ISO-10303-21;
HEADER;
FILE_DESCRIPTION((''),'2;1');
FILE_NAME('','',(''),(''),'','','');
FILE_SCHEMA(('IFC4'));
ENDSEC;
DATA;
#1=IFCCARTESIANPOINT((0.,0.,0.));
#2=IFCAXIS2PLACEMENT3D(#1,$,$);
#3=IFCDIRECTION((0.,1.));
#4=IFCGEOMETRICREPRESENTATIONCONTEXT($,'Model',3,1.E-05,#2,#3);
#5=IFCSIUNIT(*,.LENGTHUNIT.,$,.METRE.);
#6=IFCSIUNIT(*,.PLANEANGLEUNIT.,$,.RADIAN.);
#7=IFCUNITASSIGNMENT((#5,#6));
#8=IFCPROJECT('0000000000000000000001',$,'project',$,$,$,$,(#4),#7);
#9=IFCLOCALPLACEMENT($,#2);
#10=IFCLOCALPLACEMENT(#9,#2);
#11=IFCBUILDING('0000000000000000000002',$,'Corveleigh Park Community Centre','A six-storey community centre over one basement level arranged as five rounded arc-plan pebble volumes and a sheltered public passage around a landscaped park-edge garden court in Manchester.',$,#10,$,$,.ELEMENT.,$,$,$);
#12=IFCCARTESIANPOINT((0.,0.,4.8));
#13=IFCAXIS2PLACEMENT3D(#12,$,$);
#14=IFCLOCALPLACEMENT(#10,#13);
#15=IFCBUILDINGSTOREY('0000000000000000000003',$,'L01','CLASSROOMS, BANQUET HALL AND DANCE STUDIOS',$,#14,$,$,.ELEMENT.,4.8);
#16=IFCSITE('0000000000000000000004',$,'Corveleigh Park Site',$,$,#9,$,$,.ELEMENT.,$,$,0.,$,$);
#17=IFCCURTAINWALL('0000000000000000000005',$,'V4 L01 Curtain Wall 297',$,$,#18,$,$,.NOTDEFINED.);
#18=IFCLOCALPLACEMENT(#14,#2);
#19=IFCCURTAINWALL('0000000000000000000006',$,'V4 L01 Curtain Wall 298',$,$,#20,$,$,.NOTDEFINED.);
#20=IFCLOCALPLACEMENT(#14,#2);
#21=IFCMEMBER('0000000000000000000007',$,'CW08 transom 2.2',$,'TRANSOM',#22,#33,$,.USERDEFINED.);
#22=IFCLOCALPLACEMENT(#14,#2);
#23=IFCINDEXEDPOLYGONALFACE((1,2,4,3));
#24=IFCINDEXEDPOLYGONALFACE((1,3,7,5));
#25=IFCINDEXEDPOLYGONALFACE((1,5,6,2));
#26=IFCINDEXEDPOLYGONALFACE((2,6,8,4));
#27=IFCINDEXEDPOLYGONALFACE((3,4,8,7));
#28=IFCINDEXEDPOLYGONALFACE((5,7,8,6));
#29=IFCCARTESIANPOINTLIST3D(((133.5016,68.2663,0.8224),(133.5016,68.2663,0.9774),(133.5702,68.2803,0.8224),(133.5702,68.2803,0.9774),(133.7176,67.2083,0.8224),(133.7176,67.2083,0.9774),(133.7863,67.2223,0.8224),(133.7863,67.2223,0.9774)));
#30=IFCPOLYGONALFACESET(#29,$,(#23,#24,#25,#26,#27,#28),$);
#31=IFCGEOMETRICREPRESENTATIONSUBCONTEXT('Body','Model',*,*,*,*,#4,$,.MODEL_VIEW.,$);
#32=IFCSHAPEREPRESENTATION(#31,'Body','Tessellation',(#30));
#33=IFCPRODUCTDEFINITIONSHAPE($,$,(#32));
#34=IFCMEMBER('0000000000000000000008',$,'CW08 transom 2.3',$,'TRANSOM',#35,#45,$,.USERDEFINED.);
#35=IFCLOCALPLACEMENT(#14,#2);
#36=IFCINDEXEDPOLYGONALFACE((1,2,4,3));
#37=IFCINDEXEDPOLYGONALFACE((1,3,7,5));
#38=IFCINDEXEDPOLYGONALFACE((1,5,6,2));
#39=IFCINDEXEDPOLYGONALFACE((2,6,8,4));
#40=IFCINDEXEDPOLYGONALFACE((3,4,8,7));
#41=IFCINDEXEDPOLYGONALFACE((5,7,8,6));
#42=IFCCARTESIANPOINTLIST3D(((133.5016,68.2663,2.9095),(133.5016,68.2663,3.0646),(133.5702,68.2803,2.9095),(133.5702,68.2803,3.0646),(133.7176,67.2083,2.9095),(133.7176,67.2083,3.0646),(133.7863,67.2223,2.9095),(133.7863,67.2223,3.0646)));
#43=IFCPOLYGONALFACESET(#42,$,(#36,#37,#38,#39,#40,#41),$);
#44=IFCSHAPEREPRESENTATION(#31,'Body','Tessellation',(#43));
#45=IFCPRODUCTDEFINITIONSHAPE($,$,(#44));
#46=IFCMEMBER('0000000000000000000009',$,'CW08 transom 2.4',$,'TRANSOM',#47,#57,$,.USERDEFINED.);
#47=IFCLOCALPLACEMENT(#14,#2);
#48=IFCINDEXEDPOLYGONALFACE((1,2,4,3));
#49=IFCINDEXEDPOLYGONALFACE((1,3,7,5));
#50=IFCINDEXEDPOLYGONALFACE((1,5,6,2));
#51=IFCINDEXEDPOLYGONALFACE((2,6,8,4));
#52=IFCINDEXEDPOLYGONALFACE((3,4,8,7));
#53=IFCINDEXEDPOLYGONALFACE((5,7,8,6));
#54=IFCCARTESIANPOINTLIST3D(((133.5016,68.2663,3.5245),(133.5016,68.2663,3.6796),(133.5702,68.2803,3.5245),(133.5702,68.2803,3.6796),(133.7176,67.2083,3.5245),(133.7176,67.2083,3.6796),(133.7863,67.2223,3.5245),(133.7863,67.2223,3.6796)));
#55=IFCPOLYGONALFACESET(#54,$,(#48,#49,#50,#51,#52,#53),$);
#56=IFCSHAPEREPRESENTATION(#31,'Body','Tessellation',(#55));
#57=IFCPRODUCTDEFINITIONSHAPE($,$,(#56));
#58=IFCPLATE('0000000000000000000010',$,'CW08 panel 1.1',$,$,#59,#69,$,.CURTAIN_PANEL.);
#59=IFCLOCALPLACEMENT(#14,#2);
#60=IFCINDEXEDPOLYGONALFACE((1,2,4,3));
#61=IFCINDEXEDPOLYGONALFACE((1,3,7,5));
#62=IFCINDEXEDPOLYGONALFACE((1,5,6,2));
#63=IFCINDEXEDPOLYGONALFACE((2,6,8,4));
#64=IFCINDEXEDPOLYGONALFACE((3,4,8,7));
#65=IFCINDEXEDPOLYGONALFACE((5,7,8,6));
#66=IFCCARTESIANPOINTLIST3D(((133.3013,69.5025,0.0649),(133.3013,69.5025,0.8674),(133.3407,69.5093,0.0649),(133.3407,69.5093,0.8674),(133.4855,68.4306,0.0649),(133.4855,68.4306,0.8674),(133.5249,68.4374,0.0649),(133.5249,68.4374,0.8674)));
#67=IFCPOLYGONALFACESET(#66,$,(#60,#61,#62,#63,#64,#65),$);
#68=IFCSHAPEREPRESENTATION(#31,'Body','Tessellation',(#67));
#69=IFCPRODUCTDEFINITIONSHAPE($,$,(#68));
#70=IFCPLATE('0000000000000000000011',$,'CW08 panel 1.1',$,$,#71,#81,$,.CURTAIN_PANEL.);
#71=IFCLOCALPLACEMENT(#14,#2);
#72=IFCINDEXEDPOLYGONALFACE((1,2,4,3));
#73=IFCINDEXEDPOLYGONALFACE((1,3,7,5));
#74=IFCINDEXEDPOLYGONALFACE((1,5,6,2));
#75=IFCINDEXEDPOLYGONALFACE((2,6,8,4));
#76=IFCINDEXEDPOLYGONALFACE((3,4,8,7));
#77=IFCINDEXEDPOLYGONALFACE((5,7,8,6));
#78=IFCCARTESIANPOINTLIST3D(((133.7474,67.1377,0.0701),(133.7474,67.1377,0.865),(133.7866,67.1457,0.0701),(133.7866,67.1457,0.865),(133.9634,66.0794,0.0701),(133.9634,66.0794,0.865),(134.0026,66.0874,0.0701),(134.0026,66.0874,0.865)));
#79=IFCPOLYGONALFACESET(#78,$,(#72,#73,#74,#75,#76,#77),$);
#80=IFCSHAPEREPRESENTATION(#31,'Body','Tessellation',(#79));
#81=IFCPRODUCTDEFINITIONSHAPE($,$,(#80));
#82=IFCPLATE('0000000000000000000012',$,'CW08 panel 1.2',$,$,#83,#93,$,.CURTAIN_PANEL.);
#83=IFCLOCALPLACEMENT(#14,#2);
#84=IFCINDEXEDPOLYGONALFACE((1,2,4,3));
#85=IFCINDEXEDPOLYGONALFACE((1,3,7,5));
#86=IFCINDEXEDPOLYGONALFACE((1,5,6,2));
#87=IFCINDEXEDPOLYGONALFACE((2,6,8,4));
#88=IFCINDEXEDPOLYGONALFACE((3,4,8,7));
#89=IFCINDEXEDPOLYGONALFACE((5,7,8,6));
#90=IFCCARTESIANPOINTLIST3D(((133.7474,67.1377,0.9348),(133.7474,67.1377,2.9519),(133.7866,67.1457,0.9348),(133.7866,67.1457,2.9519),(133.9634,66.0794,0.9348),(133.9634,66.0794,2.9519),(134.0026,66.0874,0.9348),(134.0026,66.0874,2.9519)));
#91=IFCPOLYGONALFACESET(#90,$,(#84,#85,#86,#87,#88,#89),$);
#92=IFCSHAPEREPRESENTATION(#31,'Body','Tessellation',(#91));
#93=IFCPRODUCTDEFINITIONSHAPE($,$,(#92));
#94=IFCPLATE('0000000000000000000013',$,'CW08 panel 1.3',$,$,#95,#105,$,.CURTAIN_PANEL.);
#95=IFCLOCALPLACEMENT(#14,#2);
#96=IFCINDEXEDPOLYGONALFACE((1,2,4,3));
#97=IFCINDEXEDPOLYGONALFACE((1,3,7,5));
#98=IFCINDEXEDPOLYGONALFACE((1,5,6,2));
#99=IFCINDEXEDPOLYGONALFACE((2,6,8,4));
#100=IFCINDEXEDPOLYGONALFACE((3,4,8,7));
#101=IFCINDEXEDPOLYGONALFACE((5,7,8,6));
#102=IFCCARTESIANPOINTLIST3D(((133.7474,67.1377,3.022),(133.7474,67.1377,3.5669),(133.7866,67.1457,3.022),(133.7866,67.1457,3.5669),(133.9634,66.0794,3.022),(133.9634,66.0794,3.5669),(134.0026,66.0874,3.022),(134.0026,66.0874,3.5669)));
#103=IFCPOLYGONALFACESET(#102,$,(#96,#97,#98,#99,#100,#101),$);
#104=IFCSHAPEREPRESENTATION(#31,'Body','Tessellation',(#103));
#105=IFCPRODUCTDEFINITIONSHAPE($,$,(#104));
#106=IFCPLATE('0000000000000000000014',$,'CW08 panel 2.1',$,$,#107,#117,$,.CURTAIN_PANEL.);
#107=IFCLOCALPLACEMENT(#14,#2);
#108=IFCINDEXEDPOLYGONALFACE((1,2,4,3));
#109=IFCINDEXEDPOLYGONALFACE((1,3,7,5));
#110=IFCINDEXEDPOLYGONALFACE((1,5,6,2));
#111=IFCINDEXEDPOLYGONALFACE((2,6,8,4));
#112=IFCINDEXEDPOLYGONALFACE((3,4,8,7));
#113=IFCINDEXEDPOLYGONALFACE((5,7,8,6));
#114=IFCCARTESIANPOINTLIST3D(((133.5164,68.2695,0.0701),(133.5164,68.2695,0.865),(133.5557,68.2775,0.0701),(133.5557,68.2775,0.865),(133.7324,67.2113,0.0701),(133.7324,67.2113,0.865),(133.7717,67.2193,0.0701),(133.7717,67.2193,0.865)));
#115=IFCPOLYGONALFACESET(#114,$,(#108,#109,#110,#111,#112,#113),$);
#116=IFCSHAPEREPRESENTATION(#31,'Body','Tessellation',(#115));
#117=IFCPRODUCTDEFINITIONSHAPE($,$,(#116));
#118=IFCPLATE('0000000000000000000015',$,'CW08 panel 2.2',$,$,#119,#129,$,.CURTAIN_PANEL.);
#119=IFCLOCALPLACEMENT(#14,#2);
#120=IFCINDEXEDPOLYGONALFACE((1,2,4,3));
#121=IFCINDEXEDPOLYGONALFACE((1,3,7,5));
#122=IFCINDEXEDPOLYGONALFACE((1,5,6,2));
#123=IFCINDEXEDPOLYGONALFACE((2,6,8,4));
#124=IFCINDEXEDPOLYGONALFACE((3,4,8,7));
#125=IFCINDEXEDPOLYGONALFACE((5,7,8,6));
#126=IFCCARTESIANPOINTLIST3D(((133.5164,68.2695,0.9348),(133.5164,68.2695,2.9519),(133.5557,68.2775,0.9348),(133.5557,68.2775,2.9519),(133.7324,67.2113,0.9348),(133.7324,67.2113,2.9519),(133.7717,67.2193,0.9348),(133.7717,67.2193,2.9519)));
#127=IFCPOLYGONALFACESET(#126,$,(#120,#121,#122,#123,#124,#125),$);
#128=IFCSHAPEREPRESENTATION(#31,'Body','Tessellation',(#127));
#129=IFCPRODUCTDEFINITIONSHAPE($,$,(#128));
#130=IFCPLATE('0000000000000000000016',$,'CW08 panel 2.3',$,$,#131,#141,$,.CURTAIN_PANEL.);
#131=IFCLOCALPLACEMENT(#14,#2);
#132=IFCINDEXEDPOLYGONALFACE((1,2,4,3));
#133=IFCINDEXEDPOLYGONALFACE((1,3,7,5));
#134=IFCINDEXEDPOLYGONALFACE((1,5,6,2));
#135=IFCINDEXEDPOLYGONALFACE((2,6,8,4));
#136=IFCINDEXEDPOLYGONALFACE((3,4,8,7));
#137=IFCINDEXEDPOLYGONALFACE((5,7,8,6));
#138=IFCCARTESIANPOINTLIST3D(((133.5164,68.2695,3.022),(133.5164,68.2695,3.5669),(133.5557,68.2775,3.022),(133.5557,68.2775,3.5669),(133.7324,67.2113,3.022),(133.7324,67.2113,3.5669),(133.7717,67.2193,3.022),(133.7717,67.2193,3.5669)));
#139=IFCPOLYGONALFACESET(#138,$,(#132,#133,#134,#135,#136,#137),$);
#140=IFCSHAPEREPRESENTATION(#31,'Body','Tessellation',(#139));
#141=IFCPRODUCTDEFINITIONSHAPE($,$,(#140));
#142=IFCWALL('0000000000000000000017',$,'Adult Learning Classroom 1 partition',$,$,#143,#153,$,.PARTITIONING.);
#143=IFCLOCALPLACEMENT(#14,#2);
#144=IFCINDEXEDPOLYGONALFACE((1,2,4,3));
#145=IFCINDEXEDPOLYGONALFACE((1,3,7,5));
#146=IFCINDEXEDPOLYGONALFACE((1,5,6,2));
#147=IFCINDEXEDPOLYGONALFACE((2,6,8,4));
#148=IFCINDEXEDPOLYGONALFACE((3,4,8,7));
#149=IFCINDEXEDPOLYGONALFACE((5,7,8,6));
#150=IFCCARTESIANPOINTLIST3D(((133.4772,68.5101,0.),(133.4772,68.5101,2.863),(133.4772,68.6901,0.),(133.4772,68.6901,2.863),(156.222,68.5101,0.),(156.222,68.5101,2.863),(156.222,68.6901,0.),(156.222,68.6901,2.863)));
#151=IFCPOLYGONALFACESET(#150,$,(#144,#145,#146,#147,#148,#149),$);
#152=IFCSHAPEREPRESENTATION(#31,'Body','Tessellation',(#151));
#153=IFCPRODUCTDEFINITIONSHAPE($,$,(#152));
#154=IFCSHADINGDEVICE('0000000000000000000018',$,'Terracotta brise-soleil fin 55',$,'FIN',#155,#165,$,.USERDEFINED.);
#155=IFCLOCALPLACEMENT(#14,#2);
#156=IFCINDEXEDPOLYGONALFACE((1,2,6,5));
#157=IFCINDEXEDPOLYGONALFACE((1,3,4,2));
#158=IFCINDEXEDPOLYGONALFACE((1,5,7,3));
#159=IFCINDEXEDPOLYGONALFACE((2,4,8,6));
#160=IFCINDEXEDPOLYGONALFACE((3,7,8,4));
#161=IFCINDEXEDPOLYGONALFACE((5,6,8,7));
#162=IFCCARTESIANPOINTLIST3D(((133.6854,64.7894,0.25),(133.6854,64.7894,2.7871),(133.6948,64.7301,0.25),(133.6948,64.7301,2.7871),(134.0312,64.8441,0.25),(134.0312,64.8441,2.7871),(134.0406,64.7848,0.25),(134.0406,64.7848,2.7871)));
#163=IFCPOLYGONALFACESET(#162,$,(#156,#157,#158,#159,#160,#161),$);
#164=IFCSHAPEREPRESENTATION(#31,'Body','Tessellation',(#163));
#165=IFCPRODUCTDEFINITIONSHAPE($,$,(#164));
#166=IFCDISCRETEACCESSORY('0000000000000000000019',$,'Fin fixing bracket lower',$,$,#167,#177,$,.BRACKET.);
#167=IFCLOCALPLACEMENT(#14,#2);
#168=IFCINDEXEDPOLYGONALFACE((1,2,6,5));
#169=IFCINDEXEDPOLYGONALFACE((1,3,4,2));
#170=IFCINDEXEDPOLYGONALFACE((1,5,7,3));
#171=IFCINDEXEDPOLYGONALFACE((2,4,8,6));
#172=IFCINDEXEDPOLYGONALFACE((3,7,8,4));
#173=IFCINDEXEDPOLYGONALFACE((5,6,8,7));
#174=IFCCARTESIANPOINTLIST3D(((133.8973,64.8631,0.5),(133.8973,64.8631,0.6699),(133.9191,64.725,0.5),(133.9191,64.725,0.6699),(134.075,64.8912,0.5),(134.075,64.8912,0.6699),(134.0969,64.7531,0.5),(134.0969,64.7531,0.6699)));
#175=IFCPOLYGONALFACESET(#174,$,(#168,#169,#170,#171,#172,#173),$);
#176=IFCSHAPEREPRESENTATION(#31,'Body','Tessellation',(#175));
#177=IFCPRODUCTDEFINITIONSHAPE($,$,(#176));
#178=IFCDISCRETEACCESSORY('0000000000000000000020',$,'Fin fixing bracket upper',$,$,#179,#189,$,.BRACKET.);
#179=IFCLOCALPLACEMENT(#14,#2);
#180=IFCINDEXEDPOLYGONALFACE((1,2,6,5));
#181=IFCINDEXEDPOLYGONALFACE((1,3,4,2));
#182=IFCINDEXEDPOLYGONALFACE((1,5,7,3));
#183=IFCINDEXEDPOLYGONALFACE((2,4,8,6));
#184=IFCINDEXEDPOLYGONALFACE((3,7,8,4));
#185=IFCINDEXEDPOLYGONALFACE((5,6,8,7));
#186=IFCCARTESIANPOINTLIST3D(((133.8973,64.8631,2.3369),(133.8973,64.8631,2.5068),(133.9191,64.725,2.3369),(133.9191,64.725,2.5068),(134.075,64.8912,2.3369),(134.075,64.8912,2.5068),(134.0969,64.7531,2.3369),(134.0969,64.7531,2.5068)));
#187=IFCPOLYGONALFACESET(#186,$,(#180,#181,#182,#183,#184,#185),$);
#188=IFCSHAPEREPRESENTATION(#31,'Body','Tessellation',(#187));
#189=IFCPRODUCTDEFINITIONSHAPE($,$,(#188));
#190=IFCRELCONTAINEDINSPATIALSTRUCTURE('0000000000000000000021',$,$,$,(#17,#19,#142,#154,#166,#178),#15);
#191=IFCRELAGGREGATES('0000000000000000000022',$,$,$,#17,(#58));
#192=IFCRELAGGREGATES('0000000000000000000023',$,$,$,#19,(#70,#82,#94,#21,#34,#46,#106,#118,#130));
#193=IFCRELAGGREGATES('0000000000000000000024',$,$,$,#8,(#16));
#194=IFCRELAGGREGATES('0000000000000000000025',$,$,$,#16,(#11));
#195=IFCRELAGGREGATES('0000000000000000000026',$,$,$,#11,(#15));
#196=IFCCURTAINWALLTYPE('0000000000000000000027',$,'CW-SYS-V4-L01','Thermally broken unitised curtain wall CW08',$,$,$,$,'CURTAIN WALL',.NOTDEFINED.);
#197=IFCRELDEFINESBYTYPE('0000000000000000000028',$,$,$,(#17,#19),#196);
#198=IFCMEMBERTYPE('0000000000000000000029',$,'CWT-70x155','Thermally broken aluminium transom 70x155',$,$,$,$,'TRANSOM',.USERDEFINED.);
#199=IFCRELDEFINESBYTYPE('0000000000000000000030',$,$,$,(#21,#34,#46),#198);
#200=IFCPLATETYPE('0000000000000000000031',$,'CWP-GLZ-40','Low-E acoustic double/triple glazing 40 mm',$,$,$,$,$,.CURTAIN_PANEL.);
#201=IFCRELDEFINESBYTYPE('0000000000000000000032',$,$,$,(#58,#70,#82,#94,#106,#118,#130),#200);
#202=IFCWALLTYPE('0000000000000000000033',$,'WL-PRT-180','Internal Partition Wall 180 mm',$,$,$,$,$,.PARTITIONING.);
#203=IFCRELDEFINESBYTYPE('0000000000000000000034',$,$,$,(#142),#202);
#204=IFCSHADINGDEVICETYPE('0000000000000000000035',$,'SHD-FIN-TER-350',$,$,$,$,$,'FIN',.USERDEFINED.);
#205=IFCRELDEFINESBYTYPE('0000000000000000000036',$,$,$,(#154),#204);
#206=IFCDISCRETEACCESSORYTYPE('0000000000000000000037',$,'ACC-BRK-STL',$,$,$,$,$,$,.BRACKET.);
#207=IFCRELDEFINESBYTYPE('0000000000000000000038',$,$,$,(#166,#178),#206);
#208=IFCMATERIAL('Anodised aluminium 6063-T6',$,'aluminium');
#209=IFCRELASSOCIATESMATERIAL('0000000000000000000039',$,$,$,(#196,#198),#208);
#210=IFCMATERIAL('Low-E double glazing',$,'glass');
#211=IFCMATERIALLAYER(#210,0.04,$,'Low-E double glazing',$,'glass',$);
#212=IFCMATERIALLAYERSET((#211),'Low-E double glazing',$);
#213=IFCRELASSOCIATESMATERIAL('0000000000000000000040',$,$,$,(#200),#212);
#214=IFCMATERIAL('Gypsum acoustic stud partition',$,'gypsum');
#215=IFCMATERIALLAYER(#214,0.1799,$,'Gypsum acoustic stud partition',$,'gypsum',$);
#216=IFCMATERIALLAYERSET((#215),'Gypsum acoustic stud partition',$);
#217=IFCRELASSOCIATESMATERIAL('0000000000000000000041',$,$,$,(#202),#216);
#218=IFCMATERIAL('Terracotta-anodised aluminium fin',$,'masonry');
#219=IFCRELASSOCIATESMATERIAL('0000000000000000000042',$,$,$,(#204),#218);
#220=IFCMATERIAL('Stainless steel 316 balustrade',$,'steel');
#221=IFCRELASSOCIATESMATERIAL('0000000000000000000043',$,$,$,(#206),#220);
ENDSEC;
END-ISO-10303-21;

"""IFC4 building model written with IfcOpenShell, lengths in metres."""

from ifc_helpers import new_model, si_unit, direction, frame, frame_2d, origin, origin_2d, place, context, subcontext, project, spatial, rectangle, extrude, material, layer, layer_set, material_profile, profile_set, type_object, element, aggregate, save


model = new_model("IFC4")

# Units and contexts
model_context = context("Model", 3, precision=1e-05, world=origin(), true_north=direction((0.0, 1.0)))
body_context = subcontext(model_context, "Body", "Model", "MODEL_VIEW")
ifc_project = project(units=[si_unit("LENGTHUNIT", "METRE"), si_unit("PLANEANGLEUNIT", "RADIAN")], contexts=[model_context])

# Site, building, storey
site_placement = place(None, origin())
site = spatial("IfcSite", under=ifc_project, at=site_placement, Name="Corveleigh Park Site", CompositionType="ELEMENT", RefElevation=0.0)
building_placement = place(site_placement, origin())
building = spatial("IfcBuilding", under=site, at=building_placement, Name="Corveleigh Park Community Centre", Description="A six-storey community centre over one basement level arranged as five rounded arc-plan pebble volumes and a sheltered public passage around a landscaped park-edge garden court in Manchester.", CompositionType="ELEMENT")
storey_placement = place(building_placement, frame((0.0, 0.0, 4.8)))
storey = spatial("IfcBuildingStorey", under=building, at=storey_placement, Name="L01", Description="CLASSROOMS, BANQUET HALL AND DANCE STUDIOS", CompositionType="ELEMENT", Elevation=4.8)

# Curtain wall
ifc_material_1 = material(Name="Anodised aluminium 6063-T6", Category="aluminium")
curtain_wall_type = type_object("IfcCurtainWallType", Name="CW-SYS-V4-L01", Description="Thermally broken unitised curtain wall CW08", ElementType="CURTAIN WALL", PredefinedType="NOTDEFINED", material=ifc_material_1)
curtain_wall_1_placement = place(storey_placement, origin())
curtain_wall_1 = element("IfcCurtainWall", 1, at=curtain_wall_1_placement, inside=storey, type_object=curtain_wall_type, Name="V4 L01 Curtain Wall 297", PredefinedType="NOTDEFINED")

# Curtain wall
curtain_wall_2_placement = place(storey_placement, origin())
curtain_wall_2 = element("IfcCurtainWall", 2, at=curtain_wall_2_placement, inside=storey, type_object=curtain_wall_type, Name="V4 L01 Curtain Wall 298", PredefinedType="NOTDEFINED")

# Members
ifc_material_profile_1 = material_profile(ifc_material_1, rectangle(XDim=0.0701, YDim=0.155, at=origin_2d()), Name="ALU-T70x155", Category="aluminium")
ifc_profile_set_1 = profile_set([ifc_material_profile_1], Name="Anodised aluminium 6063-T6")
member_type_1 = type_object("IfcMemberType", Name="CWT-70x155", Description="Thermally broken aluminium transom 70x155", ElementType="TRANSOM", PredefinedType="USERDEFINED", material=ifc_profile_set_1)
member_1_placement = place(storey_placement, frame((133.752, 67.2153, 0.8999), z_axis=(-0.200071, 0.979781, 0.0), x_axis=(-0.979781, -0.200071, 0.0)))
member_1 = element("IfcMember", 3, at=member_1_placement, type_object=member_type_1, Name="CW08 transom 2.2", ObjectType="TRANSOM", PredefinedType="USERDEFINED", context=body_context, shape_type="SweptSolid", body=[
    extrude(rectangle(XDim=0.0701, YDim=0.155, at=origin_2d()), origin(), (0.0, 0.0, 1.0), 1.0798),
])
member_2_placement = place(storey_placement, frame((133.752, 67.2153, 2.9871), z_axis=(-0.200071, 0.979781, 0.0), x_axis=(-0.979781, -0.200071, 0.0)))
member_2 = element("IfcMember", 4, at=member_2_placement, type_object=member_type_1, Name="CW08 transom 2.3", ObjectType="TRANSOM", PredefinedType="USERDEFINED", context=body_context, shape_type="SweptSolid", body=[
    extrude(rectangle(XDim=0.0701, YDim=0.155, at=origin_2d()), origin(), (0.0, 0.0, 1.0), 1.0798),
])
member_3_placement = place(storey_placement, frame((133.752, 67.2153, 3.6021), z_axis=(-0.200071, 0.979781, 0.0), x_axis=(-0.979781, -0.200071, 0.0)))
member_3 = element("IfcMember", 5, at=member_3_placement, type_object=member_type_1, Name="CW08 transom 2.4", ObjectType="TRANSOM", PredefinedType="USERDEFINED", context=body_context, shape_type="SweptSolid", body=[
    extrude(rectangle(XDim=0.0701, YDim=0.155, at=origin_2d()), origin(), (0.0, 0.0, 1.0), 1.0798),
])

# Plates
ifc_material_2 = material(Name="Low-E double glazing", Category="glass")
ifc_layer_1 = layer(ifc_material_2, 0.04, Name="Low-E double glazing", Category="glass")
ifc_layer_set_1 = layer_set([ifc_layer_1], Name="Low-E double glazing")
plate_type = type_object("IfcPlateType", Name="CWP-GLZ-40", Description="Low-E acoustic double/triple glazing 40 mm", PredefinedType="CURTAIN_PANEL", material=ifc_layer_set_1)
plate_1_placement = place(storey_placement, frame((133.4131, 68.97, 0.0649), z_axis=(0.0, 0.0, 1.0), x_axis=(-0.169359, 0.985554, 0.0)))
plate_1 = element("IfcPlate", 6, at=plate_1_placement, type_object=plate_type, Name="CW08 panel 1.1", PredefinedType="CURTAIN_PANEL", context=body_context, shape_type="SweptSolid", body=[
    extrude(rectangle(XDim=1.0876, YDim=0.04, at=origin_2d()), origin(), (0.0, 0.0, 1.0), 0.8025),
])
aggregate(curtain_wall_1, [plate_1])
plate_2_placement = place(storey_placement, frame((133.875, 66.6125, 0.0701), z_axis=(0.0, 0.0, 1.0), x_axis=(-0.199985, 0.979799, 0.0)))
plate_2 = element("IfcPlate", 7, at=plate_2_placement, type_object=plate_type, Name="CW08 panel 1.1", PredefinedType="CURTAIN_PANEL", context=body_context, shape_type="SweptSolid", body=[
    extrude(rectangle(XDim=1.0801, YDim=0.04, at=origin_2d()), origin(), (0.0, 0.0, 1.0), 0.7949),
])
plate_3_placement = place(storey_placement, frame((133.875, 66.6125, 0.9348), z_axis=(0.0, 0.0, 1.0), x_axis=(-0.199985, 0.979799, 0.0)))
plate_3 = element("IfcPlate", 8, at=plate_3_placement, type_object=plate_type, Name="CW08 panel 1.2", PredefinedType="CURTAIN_PANEL", context=body_context, shape_type="SweptSolid", body=[
    extrude(rectangle(XDim=1.0801, YDim=0.04, at=origin_2d()), origin(), (0.0, 0.0, 1.0), 2.0171),
])
plate_4_placement = place(storey_placement, frame((133.875, 66.6125, 3.022), z_axis=(0.0, 0.0, 1.0), x_axis=(-0.199985, 0.979799, 0.0)))
plate_4 = element("IfcPlate", 9, at=plate_4_placement, type_object=plate_type, Name="CW08 panel 1.3", PredefinedType="CURTAIN_PANEL", context=body_context, shape_type="SweptSolid", body=[
    extrude(rectangle(XDim=1.0801, YDim=0.04, at=origin_2d()), origin(), (0.0, 0.0, 1.0), 0.5449),
])
plate_5_placement = place(storey_placement, frame((133.644, 67.7444, 0.0701), z_axis=(0.0, 0.0, 1.0), x_axis=(-0.199985, 0.979799, 0.0)))
plate_5 = element("IfcPlate", 10, at=plate_5_placement, type_object=plate_type, Name="CW08 panel 2.1", PredefinedType="CURTAIN_PANEL", context=body_context, shape_type="SweptSolid", body=[
    extrude(rectangle(XDim=1.0801, YDim=0.04, at=origin_2d()), origin(), (0.0, 0.0, 1.0), 0.7949),
])
plate_6_placement = place(storey_placement, frame((133.644, 67.7444, 0.9348), z_axis=(0.0, 0.0, 1.0), x_axis=(-0.199985, 0.979799, 0.0)))
plate_6 = element("IfcPlate", 11, at=plate_6_placement, type_object=plate_type, Name="CW08 panel 2.2", PredefinedType="CURTAIN_PANEL", context=body_context, shape_type="SweptSolid", body=[
    extrude(rectangle(XDim=1.0801, YDim=0.04, at=origin_2d()), origin(), (0.0, 0.0, 1.0), 2.0171),
])
plate_7_placement = place(storey_placement, frame((133.644, 67.7444, 3.022), z_axis=(0.0, 0.0, 1.0), x_axis=(-0.199985, 0.979799, 0.0)))
plate_7 = element("IfcPlate", 12, at=plate_7_placement, type_object=plate_type, Name="CW08 panel 2.3", PredefinedType="CURTAIN_PANEL", context=body_context, shape_type="SweptSolid", body=[
    extrude(rectangle(XDim=1.0801, YDim=0.04, at=origin_2d()), origin(), (0.0, 0.0, 1.0), 0.5449),
])
aggregate(curtain_wall_2, [plate_2, plate_3, plate_4, member_1, member_2, member_3, plate_5, plate_6, plate_7])

# Wall
ifc_material_3 = material(Name="Gypsum acoustic stud partition", Category="gypsum")
ifc_layer_2 = layer(ifc_material_3, 0.1799, Name="Gypsum acoustic stud partition", Category="gypsum")
ifc_layer_set_2 = layer_set([ifc_layer_2], Name="Gypsum acoustic stud partition")
wall_type = type_object("IfcWallType", Name="WL-PRT-180", Description="Internal Partition Wall 180 mm", PredefinedType="PARTITIONING", material=ifc_layer_set_2)
wall_placement = place(storey_placement, frame((133.4771, 68.6001, 0.0), z_axis=(0.0, 0.0, 1.0), x_axis=(1.0, 0.0, 0.0)))
element("IfcWall", 13, at=wall_placement, inside=storey, type_object=wall_type, Name="Adult Learning Classroom 1 partition", PredefinedType="PARTITIONING", context=body_context, shape_type="SweptSolid", body=[
    extrude(rectangle(XDim=22.7449, YDim=0.1799, at=frame_2d((11.3726, 0.0))), origin(), (0.0, 0.0, 1.0), 2.863),
])

# Shading device
ifc_material_4 = material(Name="Terracotta-anodised aluminium fin", Category="masonry")
shading_device_type = type_object("IfcShadingDeviceType", Name="SHD-FIN-TER-350", ElementType="FIN", PredefinedType="USERDEFINED", material=ifc_material_4)
shading_device_placement = place(storey_placement, frame((133.863, 64.7871, 0.25), z_axis=(0.0, 0.0, 1.0), x_axis=(-0.987734, -0.156146, 0.0)))
element("IfcShadingDevice", 14, at=shading_device_placement, inside=storey, type_object=shading_device_type, Name="Terracotta brise-soleil fin 55", ObjectType="FIN", PredefinedType="USERDEFINED", context=body_context, shape_type="SweptSolid", body=[
    extrude(rectangle(XDim=0.3501, YDim=0.0601, at=origin_2d()), origin(), (0.0, 0.0, 1.0), 2.5371),
])

# Discrete accessories
ifc_material_5 = material(Name="Stainless steel 316 balustrade", Category="steel")
discrete_accessory_type = type_object("IfcDiscreteAccessoryType", Name="ACC-BRK-STL", PredefinedType="BRACKET", material=ifc_material_5)
for number, where, z_axis, x_axis, name in (
    (15, (133.9971, 64.8081, 0.5), (0.0, 0.0, 1.0), (-0.987734, -0.156146, 0.0), "Fin fixing bracket lower"),
    (16, (133.9971, 64.8081, 2.3369), (0.0, 0.0, 1.0), (-0.987734, -0.156146, 0.0), "Fin fixing bracket upper"),
):
    element("IfcDiscreteAccessory", number, at=place(storey_placement, frame(where, z_axis=z_axis, x_axis=x_axis)), inside=storey, type_object=discrete_accessory_type, Name=name, PredefinedType="BRACKET", context=body_context, shape_type="SweptSolid", body=[
        extrude(rectangle(XDim=0.1799, YDim=0.1399, at=origin_2d()), origin(), (0.0, 0.0, 1.0), 0.1699),
    ])

save(model, "model.ifc")
